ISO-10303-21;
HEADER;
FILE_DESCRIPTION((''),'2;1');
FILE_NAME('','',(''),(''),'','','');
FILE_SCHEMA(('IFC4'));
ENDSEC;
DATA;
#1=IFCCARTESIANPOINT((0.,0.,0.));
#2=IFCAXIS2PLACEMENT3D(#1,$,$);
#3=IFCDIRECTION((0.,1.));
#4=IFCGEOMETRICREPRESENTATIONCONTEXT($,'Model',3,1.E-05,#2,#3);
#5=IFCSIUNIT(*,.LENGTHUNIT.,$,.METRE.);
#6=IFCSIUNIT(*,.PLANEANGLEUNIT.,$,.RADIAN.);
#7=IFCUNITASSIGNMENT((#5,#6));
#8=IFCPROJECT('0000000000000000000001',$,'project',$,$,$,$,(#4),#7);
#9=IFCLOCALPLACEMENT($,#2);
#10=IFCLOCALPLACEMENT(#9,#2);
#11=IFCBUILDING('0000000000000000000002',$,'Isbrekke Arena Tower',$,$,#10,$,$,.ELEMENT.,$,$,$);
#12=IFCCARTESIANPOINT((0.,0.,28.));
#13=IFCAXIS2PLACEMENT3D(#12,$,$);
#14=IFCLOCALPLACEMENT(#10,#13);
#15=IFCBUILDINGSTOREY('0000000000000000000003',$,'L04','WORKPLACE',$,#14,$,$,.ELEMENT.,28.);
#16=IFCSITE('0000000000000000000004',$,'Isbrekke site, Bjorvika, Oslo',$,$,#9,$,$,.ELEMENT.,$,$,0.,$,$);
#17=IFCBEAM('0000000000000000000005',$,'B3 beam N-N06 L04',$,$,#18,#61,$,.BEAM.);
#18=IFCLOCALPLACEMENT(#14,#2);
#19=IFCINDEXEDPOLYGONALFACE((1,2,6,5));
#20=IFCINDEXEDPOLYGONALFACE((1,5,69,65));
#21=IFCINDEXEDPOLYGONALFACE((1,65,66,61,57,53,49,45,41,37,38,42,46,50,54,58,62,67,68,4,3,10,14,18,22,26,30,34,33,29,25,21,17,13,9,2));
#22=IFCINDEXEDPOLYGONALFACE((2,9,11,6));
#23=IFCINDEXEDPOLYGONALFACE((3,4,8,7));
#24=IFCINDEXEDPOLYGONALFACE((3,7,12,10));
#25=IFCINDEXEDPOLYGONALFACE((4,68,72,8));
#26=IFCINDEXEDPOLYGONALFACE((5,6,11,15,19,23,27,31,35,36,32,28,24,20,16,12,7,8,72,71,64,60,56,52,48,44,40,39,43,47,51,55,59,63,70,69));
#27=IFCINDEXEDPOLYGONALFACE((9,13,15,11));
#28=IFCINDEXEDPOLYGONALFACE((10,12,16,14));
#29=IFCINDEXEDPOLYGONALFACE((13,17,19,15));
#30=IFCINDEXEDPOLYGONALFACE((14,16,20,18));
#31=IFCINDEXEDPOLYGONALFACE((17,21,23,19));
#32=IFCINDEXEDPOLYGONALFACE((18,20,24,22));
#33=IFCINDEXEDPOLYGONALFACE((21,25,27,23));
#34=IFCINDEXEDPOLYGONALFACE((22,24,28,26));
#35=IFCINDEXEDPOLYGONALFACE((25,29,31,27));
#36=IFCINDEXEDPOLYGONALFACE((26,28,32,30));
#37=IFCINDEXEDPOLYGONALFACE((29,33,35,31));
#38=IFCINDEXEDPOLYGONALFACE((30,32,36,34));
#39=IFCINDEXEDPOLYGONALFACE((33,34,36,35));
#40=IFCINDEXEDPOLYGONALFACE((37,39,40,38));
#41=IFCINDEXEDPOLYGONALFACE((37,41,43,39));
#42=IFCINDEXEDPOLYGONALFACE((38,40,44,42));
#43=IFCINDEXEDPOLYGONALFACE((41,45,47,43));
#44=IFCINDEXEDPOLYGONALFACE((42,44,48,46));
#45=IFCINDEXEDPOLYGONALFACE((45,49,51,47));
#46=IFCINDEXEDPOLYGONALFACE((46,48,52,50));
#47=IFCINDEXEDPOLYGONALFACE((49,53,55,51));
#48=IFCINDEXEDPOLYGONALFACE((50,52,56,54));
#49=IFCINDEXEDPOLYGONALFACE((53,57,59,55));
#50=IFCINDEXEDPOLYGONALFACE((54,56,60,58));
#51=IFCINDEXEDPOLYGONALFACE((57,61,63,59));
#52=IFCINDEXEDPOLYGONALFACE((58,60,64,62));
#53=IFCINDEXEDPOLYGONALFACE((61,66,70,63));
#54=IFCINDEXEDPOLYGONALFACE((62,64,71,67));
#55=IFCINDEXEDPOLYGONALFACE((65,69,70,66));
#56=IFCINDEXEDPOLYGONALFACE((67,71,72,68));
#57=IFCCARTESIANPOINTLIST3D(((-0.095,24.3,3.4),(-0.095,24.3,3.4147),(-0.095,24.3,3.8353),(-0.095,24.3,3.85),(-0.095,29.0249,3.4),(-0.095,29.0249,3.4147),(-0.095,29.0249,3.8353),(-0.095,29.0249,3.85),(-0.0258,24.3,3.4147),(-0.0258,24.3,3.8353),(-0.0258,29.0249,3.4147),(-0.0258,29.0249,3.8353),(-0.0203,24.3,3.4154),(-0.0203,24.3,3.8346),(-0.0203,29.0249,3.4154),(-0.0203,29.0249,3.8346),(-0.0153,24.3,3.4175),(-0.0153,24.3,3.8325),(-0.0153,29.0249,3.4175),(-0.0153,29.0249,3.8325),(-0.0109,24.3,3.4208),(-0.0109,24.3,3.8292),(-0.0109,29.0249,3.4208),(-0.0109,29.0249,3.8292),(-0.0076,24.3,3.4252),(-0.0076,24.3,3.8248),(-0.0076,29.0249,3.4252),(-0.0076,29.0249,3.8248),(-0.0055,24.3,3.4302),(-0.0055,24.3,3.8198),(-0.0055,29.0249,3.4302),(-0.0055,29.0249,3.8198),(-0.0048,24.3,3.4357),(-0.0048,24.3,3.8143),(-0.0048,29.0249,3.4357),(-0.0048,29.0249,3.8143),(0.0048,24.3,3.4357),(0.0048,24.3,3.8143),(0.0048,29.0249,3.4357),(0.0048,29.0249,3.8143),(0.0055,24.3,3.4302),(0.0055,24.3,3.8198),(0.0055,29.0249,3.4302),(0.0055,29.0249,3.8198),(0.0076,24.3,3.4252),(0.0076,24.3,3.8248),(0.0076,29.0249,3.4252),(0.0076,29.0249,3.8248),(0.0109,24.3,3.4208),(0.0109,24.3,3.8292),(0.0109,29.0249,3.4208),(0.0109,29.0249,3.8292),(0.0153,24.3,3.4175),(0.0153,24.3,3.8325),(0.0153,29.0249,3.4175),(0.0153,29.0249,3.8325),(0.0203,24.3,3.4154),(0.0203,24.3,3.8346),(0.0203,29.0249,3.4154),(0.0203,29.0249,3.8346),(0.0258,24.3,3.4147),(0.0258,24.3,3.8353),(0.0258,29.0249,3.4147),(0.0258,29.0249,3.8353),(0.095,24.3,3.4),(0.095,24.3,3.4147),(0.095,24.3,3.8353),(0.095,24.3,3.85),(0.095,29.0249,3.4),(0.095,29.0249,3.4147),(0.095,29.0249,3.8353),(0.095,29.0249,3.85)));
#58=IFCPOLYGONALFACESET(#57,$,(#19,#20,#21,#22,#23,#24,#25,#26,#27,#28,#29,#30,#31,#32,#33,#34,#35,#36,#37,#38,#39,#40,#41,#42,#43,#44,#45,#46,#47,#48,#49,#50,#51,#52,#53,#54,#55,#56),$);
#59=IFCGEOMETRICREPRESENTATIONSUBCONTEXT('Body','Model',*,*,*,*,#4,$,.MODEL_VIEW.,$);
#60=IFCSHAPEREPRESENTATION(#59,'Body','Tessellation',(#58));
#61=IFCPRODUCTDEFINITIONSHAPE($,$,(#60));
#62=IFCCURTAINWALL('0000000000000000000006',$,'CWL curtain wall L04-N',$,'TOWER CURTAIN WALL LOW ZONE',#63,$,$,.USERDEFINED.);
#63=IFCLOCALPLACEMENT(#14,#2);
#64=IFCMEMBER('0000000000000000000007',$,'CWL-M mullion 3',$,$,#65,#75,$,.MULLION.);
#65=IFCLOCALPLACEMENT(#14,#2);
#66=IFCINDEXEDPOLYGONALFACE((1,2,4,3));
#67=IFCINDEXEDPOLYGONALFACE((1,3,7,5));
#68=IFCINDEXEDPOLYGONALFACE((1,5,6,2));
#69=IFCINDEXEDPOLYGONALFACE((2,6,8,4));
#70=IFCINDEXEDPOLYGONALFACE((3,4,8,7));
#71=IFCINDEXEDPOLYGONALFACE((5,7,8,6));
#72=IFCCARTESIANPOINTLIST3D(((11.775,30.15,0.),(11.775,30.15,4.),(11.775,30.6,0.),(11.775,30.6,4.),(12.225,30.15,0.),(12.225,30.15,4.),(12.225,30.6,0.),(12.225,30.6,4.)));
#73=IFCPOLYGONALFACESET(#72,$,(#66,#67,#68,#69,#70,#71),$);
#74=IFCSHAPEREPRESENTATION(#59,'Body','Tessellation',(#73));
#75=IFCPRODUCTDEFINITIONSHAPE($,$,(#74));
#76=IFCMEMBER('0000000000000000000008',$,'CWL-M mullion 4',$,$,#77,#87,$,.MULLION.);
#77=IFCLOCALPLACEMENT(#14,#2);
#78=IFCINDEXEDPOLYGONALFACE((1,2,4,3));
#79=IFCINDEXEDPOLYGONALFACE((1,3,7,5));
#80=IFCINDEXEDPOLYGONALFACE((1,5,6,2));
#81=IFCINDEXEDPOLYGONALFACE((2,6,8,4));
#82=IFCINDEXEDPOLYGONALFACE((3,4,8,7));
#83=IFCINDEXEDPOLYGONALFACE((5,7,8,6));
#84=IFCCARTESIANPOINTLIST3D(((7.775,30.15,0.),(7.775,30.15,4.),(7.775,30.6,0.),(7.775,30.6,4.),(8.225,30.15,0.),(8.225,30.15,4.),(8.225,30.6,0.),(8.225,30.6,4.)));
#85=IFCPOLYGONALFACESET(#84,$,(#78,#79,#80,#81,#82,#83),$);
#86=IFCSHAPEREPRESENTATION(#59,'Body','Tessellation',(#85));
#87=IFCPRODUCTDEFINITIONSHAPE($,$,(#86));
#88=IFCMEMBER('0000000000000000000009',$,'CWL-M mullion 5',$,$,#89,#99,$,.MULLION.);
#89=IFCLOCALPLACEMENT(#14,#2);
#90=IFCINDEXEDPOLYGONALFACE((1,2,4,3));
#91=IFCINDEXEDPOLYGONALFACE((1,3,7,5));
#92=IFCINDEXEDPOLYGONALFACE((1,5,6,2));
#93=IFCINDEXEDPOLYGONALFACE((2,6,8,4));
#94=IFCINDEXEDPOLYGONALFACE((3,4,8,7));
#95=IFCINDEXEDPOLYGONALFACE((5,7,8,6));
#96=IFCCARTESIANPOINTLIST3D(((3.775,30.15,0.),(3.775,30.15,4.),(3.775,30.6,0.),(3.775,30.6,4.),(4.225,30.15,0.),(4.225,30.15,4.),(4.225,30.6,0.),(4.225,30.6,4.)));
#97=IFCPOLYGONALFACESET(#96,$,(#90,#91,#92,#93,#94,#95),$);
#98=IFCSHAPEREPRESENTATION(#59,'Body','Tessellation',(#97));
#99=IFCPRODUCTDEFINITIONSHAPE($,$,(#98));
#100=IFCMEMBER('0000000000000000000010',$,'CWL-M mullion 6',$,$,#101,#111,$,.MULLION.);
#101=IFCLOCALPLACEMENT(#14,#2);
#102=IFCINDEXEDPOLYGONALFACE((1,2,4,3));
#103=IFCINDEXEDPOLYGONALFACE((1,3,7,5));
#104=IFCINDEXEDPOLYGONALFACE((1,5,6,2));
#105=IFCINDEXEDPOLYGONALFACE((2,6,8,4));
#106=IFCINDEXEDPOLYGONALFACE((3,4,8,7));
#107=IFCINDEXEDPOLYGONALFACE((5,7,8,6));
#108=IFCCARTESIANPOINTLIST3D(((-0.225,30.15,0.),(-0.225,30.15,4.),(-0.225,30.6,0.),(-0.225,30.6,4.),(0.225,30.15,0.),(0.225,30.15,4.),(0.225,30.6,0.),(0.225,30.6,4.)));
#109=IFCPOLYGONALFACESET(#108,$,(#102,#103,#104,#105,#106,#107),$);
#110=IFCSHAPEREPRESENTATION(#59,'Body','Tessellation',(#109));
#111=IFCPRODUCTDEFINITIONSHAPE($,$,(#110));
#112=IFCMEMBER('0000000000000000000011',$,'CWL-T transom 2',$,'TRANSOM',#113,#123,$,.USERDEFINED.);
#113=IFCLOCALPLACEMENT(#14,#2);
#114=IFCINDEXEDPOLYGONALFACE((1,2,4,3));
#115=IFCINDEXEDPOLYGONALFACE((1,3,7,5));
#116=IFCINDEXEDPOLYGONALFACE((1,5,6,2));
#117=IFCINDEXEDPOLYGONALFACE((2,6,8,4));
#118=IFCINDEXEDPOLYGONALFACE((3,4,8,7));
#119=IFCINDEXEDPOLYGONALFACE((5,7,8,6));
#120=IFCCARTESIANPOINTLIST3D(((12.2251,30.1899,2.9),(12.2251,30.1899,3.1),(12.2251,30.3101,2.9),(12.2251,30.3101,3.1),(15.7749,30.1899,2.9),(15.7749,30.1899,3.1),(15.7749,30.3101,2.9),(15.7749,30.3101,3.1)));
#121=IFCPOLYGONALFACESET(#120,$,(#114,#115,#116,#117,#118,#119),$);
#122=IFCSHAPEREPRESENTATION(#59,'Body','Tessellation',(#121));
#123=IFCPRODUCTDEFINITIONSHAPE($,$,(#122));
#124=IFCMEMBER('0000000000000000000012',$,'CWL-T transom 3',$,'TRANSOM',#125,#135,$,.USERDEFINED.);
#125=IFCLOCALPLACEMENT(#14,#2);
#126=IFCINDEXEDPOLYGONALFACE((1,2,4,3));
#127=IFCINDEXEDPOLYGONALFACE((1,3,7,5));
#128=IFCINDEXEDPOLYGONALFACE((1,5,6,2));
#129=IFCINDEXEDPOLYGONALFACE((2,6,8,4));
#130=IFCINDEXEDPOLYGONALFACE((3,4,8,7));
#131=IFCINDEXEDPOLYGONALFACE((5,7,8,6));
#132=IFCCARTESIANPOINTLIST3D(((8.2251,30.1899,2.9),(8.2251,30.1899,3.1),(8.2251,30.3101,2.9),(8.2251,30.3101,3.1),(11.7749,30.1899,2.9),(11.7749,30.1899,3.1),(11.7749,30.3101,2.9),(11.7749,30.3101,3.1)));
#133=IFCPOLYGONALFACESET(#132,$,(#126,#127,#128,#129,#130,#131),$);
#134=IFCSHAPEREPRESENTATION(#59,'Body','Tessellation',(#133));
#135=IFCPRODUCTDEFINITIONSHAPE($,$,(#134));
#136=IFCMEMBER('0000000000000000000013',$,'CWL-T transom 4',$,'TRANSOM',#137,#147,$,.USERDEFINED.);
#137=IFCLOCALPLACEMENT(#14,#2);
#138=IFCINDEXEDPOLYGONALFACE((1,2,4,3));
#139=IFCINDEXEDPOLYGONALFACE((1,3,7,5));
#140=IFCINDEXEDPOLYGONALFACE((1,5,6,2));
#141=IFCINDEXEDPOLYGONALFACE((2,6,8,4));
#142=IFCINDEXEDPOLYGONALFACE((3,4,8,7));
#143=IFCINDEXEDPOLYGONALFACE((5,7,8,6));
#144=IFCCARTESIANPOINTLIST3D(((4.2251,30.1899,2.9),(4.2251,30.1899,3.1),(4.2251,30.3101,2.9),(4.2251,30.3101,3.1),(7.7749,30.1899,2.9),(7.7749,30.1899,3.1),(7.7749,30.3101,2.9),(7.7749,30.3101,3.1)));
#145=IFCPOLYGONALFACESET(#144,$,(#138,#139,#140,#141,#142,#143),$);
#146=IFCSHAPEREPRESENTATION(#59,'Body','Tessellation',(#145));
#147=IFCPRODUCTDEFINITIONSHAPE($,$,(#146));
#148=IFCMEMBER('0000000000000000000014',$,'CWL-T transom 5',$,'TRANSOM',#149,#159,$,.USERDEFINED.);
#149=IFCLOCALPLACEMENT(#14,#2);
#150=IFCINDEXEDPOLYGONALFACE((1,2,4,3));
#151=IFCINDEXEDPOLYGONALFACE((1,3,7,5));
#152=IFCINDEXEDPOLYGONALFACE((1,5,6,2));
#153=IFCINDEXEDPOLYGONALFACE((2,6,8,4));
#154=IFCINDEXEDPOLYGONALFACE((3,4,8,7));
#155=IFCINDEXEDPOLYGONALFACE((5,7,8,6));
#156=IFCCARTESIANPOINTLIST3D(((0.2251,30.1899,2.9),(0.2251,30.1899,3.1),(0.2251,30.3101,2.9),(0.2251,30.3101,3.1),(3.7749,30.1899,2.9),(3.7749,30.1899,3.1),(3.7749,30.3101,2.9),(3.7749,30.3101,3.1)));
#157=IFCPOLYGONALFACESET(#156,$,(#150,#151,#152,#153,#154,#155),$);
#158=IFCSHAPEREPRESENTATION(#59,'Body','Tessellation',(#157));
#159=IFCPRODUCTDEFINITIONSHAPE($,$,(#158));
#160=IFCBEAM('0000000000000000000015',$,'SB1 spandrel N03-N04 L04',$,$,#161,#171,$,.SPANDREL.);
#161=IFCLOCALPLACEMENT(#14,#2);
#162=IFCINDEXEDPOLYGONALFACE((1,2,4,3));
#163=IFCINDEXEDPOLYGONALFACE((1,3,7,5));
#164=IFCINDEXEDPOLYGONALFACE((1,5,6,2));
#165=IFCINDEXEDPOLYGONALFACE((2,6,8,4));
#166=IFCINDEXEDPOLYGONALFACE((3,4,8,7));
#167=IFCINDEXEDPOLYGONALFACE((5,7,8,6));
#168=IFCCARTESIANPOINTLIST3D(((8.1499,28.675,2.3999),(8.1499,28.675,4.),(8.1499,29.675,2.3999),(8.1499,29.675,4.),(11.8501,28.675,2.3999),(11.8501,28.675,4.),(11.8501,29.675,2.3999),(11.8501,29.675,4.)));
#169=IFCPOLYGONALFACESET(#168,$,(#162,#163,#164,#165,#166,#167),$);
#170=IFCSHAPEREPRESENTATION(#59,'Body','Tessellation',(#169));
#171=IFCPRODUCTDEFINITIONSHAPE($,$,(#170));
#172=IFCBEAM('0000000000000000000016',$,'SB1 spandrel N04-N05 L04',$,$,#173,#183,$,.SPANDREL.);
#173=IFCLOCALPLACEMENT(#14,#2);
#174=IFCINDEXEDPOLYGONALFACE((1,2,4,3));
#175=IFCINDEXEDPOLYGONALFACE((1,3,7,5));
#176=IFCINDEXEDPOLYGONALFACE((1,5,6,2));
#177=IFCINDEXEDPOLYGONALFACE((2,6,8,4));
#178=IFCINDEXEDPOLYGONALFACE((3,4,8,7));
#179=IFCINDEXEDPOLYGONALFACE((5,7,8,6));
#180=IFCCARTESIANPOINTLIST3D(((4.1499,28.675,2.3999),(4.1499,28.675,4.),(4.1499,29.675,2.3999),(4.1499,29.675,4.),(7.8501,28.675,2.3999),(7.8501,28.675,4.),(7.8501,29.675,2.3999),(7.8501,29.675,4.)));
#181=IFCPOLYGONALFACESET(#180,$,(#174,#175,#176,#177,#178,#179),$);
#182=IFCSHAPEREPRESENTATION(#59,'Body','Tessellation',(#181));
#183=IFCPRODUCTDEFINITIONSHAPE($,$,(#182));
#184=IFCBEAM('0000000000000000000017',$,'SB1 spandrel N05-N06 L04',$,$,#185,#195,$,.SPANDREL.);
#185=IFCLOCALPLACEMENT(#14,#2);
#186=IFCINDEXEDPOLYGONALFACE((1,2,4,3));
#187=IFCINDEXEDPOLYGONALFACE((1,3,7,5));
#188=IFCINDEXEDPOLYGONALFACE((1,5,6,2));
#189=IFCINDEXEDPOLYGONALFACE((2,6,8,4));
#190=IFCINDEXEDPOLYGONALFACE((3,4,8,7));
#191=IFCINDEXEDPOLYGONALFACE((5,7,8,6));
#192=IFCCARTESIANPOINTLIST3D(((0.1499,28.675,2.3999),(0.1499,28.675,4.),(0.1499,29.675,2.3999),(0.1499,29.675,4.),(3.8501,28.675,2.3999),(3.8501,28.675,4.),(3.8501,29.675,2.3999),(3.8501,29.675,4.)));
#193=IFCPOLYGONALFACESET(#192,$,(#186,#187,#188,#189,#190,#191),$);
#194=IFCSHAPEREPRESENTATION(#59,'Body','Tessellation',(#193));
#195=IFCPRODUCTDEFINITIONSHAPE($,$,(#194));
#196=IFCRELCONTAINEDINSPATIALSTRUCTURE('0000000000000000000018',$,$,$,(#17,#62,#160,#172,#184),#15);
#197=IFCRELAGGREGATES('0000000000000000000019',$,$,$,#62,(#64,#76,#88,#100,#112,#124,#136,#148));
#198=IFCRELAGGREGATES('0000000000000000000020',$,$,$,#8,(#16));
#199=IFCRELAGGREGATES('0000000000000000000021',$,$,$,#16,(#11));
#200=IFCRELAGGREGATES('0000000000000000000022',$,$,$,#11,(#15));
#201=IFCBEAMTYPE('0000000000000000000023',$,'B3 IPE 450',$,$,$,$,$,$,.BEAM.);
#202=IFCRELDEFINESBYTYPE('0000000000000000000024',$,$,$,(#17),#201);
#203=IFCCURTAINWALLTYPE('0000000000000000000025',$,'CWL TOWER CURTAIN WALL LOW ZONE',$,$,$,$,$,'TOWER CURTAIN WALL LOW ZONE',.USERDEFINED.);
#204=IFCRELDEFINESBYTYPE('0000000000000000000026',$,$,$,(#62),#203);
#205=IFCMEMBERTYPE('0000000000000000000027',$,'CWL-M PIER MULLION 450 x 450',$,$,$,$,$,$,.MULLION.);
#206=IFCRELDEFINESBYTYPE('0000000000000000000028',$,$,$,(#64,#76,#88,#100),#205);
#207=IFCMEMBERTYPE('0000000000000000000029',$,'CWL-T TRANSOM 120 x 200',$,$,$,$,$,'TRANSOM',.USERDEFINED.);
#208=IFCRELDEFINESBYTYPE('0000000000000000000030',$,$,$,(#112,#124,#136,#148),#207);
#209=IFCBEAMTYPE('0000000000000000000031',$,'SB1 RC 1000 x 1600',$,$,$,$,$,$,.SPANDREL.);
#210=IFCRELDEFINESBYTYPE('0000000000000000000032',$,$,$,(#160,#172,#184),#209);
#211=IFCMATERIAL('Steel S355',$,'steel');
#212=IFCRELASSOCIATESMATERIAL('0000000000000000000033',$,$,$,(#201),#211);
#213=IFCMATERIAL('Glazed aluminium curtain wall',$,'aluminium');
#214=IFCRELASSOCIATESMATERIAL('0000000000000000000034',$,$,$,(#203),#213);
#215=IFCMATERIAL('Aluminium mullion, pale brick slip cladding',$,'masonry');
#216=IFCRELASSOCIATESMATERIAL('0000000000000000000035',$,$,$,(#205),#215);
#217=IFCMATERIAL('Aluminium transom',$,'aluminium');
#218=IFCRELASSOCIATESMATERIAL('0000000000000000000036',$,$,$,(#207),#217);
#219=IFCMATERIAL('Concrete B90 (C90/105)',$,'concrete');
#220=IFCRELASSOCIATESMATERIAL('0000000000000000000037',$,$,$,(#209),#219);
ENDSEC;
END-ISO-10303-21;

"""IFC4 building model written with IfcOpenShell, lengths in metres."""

from ifc_helpers import new_model, si_unit, direction, frame, origin, origin_2d, place, context, subcontext, project, spatial, rectangle, i_section, extrude, material, material_profile, profile_set, type_object, element, aggregate, save


model = new_model("IFC4")

# Units and contexts
model_context = context("Model", 3, precision=1e-05, world=origin(), true_north=direction((0.0, 1.0)))
body_context = subcontext(model_context, "Body", "Model", "MODEL_VIEW")
ifc_project = project(units=[si_unit("LENGTHUNIT", "METRE"), si_unit("PLANEANGLEUNIT", "RADIAN")], contexts=[model_context])

# Site, building, storey
site_placement = place(None, origin())
site = spatial("IfcSite", under=ifc_project, at=site_placement, Name="Isbrekke site, Bjorvika, Oslo", CompositionType="ELEMENT", RefElevation=0.0)
building_placement = place(site_placement, origin())
building = spatial("IfcBuilding", under=site, at=building_placement, Name="Isbrekke Arena Tower", CompositionType="ELEMENT")
storey_placement = place(building_placement, frame((0.0, 0.0, 28.0)))
storey = spatial("IfcBuildingStorey", under=building, at=storey_placement, Name="L04", Description="WORKPLACE", CompositionType="ELEMENT", Elevation=28.0)

# Beam
ifc_material_1 = material(Name="Steel S355", Category="steel")
ifc_material_profile_1 = material_profile(ifc_material_1, i_section(OverallWidth=0.1899, OverallDepth=0.45, WebThickness=0.0095, FlangeThickness=0.0146, FilletRadius=0.021, at=origin_2d()), Name="IPE 450")
ifc_profile_set_1 = profile_set([ifc_material_profile_1], Name="Steel S355")
beam_type_1 = type_object("IfcBeamType", Name="B3 IPE 450", PredefinedType="BEAM", material=ifc_profile_set_1)
beam_1_placement = place(storey_placement, frame((0.0, 29.0249, 3.625), z_axis=(0.0, -1.0, 0.0), x_axis=(1.0, 0.0, 0.0)))
element("IfcBeam", 1, at=beam_1_placement, inside=storey, type_object=beam_type_1, Name="B3 beam N-N06 L04", PredefinedType="BEAM", context=body_context, shape_type="SweptSolid", body=[
    extrude(i_section(OverallWidth=0.1899, OverallDepth=0.45, WebThickness=0.0095, FlangeThickness=0.0146, FilletRadius=0.021, at=origin_2d()), origin(), (0.0, 0.0, 1.0), 4.7249),
])

# Curtain wall, members
ifc_material_2 = material(Name="Glazed aluminium curtain wall", Category="aluminium")
curtain_wall_type = type_object("IfcCurtainWallType", Name="CWL TOWER CURTAIN WALL LOW ZONE", ElementType="TOWER CURTAIN WALL LOW ZONE", PredefinedType="USERDEFINED", material=ifc_material_2)
curtain_wall_placement = place(storey_placement, origin())
curtain_wall = element("IfcCurtainWall", 2, at=curtain_wall_placement, inside=storey, type_object=curtain_wall_type, Name="CWL curtain wall L04-N", ObjectType="TOWER CURTAIN WALL LOW ZONE", PredefinedType="USERDEFINED")
ifc_material_3 = material(Name="Aluminium mullion, pale brick slip cladding", Category="masonry")
ifc_material_profile_2 = material_profile(ifc_material_3, rectangle(XDim=0.45, YDim=0.45, at=origin_2d()), Name="PIER 450X450")
ifc_profile_set_2 = profile_set([ifc_material_profile_2], Name="Aluminium mullion, pale brick slip cladding")
member_type_1 = type_object("IfcMemberType", Name="CWL-M PIER MULLION 450 x 450", PredefinedType="MULLION", material=ifc_profile_set_2)
member_1_placement = place(storey_placement, frame((12.0, 30.375, 0.0), z_axis=(0.0, 0.0, 1.0), x_axis=(-1.0, 0.0, 0.0)))
member_1 = element("IfcMember", 3, at=member_1_placement, type_object=member_type_1, Name="CWL-M mullion 3", PredefinedType="MULLION", context=body_context, shape_type="SweptSolid", body=[
    extrude(rectangle(XDim=0.45, YDim=0.45, at=origin_2d()), origin(), (0.0, 0.0, 1.0), 4.0),
])
member_2_placement = place(storey_placement, frame((8.0, 30.375, 0.0), z_axis=(0.0, 0.0, 1.0), x_axis=(-1.0, 0.0, 0.0)))
member_2 = element("IfcMember", 4, at=member_2_placement, type_object=member_type_1, Name="CWL-M mullion 4", PredefinedType="MULLION", context=body_context, shape_type="SweptSolid", body=[
    extrude(rectangle(XDim=0.45, YDim=0.45, at=origin_2d()), origin(), (0.0, 0.0, 1.0), 4.0),
])
member_3_placement = place(storey_placement, frame((4.0, 30.375, 0.0), z_axis=(0.0, 0.0, 1.0), x_axis=(-1.0, 0.0, 0.0)))
member_3 = element("IfcMember", 5, at=member_3_placement, type_object=member_type_1, Name="CWL-M mullion 5", PredefinedType="MULLION", context=body_context, shape_type="SweptSolid", body=[
    extrude(rectangle(XDim=0.45, YDim=0.45, at=origin_2d()), origin(), (0.0, 0.0, 1.0), 4.0),
])
member_4_placement = place(storey_placement, frame((0.0, 30.375, 0.0), z_axis=(0.0, 0.0, 1.0), x_axis=(-1.0, 0.0, 0.0)))
member_4 = element("IfcMember", 6, at=member_4_placement, type_object=member_type_1, Name="CWL-M mullion 6", PredefinedType="MULLION", context=body_context, shape_type="SweptSolid", body=[
    extrude(rectangle(XDim=0.45, YDim=0.45, at=origin_2d()), origin(), (0.0, 0.0, 1.0), 4.0),
])
ifc_material_4 = material(Name="Aluminium transom", Category="aluminium")
ifc_material_profile_3 = material_profile(ifc_material_4, rectangle(XDim=0.1201, YDim=0.2, at=origin_2d()), Name="TRANSOM 120X200")
ifc_profile_set_3 = profile_set([ifc_material_profile_3], Name="Aluminium transom")
member_type_2 = type_object("IfcMemberType", Name="CWL-T TRANSOM 120 x 200", ElementType="TRANSOM", PredefinedType="USERDEFINED", material=ifc_profile_set_3)
member_5_placement = place(storey_placement, frame((15.7749, 30.25, 3.0), z_axis=(-1.0, 0.0, 0.0), x_axis=(0.0, -1.0, 0.0)))
member_5 = element("IfcMember", 7, at=member_5_placement, type_object=member_type_2, Name="CWL-T transom 2", ObjectType="TRANSOM", PredefinedType="USERDEFINED", context=body_context, shape_type="SweptSolid", body=[
    extrude(rectangle(XDim=0.1201, YDim=0.2, at=origin_2d()), origin(), (0.0, 0.0, 1.0), 3.5498),
])
member_6_placement = place(storey_placement, frame((11.7749, 30.25, 3.0), z_axis=(-1.0, 0.0, 0.0), x_axis=(0.0, -1.0, 0.0)))
member_6 = element("IfcMember", 8, at=member_6_placement, type_object=member_type_2, Name="CWL-T transom 3", ObjectType="TRANSOM", PredefinedType="USERDEFINED", context=body_context, shape_type="SweptSolid", body=[
    extrude(rectangle(XDim=0.1201, YDim=0.2, at=origin_2d()), origin(), (0.0, 0.0, 1.0), 3.5498),
])
member_7_placement = place(storey_placement, frame((7.7749, 30.25, 3.0), z_axis=(-1.0, 0.0, 0.0), x_axis=(0.0, -1.0, 0.0)))
member_7 = element("IfcMember", 9, at=member_7_placement, type_object=member_type_2, Name="CWL-T transom 4", ObjectType="TRANSOM", PredefinedType="USERDEFINED", context=body_context, shape_type="SweptSolid", body=[
    extrude(rectangle(XDim=0.1201, YDim=0.2, at=origin_2d()), origin(), (0.0, 0.0, 1.0), 3.5498),
])
member_8_placement = place(storey_placement, frame((3.7749, 30.25, 3.0), z_axis=(-1.0, 0.0, 0.0), x_axis=(0.0, -1.0, 0.0)))
member_8 = element("IfcMember", 10, at=member_8_placement, type_object=member_type_2, Name="CWL-T transom 5", ObjectType="TRANSOM", PredefinedType="USERDEFINED", context=body_context, shape_type="SweptSolid", body=[
    extrude(rectangle(XDim=0.1201, YDim=0.2, at=origin_2d()), origin(), (0.0, 0.0, 1.0), 3.5498),
])

# Beams
ifc_material_5 = material(Name="Concrete B90 (C90/105)", Category="concrete")
ifc_material_profile_4 = material_profile(ifc_material_5, rectangle(XDim=1.0, YDim=1.6001, at=origin_2d()), Name="RC 1000x1600")
ifc_profile_set_4 = profile_set([ifc_material_profile_4], Name="Concrete B90 (C90/105)")
beam_type_2 = type_object("IfcBeamType", Name="SB1 RC 1000 x 1600", PredefinedType="SPANDREL", material=ifc_profile_set_4)
for number, where, z_axis, x_axis, name in (
    (11, (11.8501, 29.175, 3.2), (-1.0, 0.0, 0.0), (0.0, -1.0, 0.0), "SB1 spandrel N03-N04 L04"),
    (12, (7.8501, 29.175, 3.2), (-1.0, 0.0, 0.0), (0.0, -1.0, 0.0), "SB1 spandrel N04-N05 L04"),
    (13, (3.8501, 29.175, 3.2), (-1.0, 0.0, 0.0), (0.0, -1.0, 0.0), "SB1 spandrel N05-N06 L04"),
):
    element("IfcBeam", number, at=place(storey_placement, frame(where, z_axis=z_axis, x_axis=x_axis)), inside=storey, type_object=beam_type_2, Name=name, PredefinedType="SPANDREL", context=body_context, shape_type="SweptSolid", body=[
        extrude(rectangle(XDim=1.0, YDim=1.6001, at=origin_2d()), origin(), (0.0, 0.0, 1.0), 3.7002),
    ])

aggregate(curtain_wall, [member_1, member_2, member_3, member_4, member_5, member_6, member_7, member_8])

save(model, "model.ifc")
